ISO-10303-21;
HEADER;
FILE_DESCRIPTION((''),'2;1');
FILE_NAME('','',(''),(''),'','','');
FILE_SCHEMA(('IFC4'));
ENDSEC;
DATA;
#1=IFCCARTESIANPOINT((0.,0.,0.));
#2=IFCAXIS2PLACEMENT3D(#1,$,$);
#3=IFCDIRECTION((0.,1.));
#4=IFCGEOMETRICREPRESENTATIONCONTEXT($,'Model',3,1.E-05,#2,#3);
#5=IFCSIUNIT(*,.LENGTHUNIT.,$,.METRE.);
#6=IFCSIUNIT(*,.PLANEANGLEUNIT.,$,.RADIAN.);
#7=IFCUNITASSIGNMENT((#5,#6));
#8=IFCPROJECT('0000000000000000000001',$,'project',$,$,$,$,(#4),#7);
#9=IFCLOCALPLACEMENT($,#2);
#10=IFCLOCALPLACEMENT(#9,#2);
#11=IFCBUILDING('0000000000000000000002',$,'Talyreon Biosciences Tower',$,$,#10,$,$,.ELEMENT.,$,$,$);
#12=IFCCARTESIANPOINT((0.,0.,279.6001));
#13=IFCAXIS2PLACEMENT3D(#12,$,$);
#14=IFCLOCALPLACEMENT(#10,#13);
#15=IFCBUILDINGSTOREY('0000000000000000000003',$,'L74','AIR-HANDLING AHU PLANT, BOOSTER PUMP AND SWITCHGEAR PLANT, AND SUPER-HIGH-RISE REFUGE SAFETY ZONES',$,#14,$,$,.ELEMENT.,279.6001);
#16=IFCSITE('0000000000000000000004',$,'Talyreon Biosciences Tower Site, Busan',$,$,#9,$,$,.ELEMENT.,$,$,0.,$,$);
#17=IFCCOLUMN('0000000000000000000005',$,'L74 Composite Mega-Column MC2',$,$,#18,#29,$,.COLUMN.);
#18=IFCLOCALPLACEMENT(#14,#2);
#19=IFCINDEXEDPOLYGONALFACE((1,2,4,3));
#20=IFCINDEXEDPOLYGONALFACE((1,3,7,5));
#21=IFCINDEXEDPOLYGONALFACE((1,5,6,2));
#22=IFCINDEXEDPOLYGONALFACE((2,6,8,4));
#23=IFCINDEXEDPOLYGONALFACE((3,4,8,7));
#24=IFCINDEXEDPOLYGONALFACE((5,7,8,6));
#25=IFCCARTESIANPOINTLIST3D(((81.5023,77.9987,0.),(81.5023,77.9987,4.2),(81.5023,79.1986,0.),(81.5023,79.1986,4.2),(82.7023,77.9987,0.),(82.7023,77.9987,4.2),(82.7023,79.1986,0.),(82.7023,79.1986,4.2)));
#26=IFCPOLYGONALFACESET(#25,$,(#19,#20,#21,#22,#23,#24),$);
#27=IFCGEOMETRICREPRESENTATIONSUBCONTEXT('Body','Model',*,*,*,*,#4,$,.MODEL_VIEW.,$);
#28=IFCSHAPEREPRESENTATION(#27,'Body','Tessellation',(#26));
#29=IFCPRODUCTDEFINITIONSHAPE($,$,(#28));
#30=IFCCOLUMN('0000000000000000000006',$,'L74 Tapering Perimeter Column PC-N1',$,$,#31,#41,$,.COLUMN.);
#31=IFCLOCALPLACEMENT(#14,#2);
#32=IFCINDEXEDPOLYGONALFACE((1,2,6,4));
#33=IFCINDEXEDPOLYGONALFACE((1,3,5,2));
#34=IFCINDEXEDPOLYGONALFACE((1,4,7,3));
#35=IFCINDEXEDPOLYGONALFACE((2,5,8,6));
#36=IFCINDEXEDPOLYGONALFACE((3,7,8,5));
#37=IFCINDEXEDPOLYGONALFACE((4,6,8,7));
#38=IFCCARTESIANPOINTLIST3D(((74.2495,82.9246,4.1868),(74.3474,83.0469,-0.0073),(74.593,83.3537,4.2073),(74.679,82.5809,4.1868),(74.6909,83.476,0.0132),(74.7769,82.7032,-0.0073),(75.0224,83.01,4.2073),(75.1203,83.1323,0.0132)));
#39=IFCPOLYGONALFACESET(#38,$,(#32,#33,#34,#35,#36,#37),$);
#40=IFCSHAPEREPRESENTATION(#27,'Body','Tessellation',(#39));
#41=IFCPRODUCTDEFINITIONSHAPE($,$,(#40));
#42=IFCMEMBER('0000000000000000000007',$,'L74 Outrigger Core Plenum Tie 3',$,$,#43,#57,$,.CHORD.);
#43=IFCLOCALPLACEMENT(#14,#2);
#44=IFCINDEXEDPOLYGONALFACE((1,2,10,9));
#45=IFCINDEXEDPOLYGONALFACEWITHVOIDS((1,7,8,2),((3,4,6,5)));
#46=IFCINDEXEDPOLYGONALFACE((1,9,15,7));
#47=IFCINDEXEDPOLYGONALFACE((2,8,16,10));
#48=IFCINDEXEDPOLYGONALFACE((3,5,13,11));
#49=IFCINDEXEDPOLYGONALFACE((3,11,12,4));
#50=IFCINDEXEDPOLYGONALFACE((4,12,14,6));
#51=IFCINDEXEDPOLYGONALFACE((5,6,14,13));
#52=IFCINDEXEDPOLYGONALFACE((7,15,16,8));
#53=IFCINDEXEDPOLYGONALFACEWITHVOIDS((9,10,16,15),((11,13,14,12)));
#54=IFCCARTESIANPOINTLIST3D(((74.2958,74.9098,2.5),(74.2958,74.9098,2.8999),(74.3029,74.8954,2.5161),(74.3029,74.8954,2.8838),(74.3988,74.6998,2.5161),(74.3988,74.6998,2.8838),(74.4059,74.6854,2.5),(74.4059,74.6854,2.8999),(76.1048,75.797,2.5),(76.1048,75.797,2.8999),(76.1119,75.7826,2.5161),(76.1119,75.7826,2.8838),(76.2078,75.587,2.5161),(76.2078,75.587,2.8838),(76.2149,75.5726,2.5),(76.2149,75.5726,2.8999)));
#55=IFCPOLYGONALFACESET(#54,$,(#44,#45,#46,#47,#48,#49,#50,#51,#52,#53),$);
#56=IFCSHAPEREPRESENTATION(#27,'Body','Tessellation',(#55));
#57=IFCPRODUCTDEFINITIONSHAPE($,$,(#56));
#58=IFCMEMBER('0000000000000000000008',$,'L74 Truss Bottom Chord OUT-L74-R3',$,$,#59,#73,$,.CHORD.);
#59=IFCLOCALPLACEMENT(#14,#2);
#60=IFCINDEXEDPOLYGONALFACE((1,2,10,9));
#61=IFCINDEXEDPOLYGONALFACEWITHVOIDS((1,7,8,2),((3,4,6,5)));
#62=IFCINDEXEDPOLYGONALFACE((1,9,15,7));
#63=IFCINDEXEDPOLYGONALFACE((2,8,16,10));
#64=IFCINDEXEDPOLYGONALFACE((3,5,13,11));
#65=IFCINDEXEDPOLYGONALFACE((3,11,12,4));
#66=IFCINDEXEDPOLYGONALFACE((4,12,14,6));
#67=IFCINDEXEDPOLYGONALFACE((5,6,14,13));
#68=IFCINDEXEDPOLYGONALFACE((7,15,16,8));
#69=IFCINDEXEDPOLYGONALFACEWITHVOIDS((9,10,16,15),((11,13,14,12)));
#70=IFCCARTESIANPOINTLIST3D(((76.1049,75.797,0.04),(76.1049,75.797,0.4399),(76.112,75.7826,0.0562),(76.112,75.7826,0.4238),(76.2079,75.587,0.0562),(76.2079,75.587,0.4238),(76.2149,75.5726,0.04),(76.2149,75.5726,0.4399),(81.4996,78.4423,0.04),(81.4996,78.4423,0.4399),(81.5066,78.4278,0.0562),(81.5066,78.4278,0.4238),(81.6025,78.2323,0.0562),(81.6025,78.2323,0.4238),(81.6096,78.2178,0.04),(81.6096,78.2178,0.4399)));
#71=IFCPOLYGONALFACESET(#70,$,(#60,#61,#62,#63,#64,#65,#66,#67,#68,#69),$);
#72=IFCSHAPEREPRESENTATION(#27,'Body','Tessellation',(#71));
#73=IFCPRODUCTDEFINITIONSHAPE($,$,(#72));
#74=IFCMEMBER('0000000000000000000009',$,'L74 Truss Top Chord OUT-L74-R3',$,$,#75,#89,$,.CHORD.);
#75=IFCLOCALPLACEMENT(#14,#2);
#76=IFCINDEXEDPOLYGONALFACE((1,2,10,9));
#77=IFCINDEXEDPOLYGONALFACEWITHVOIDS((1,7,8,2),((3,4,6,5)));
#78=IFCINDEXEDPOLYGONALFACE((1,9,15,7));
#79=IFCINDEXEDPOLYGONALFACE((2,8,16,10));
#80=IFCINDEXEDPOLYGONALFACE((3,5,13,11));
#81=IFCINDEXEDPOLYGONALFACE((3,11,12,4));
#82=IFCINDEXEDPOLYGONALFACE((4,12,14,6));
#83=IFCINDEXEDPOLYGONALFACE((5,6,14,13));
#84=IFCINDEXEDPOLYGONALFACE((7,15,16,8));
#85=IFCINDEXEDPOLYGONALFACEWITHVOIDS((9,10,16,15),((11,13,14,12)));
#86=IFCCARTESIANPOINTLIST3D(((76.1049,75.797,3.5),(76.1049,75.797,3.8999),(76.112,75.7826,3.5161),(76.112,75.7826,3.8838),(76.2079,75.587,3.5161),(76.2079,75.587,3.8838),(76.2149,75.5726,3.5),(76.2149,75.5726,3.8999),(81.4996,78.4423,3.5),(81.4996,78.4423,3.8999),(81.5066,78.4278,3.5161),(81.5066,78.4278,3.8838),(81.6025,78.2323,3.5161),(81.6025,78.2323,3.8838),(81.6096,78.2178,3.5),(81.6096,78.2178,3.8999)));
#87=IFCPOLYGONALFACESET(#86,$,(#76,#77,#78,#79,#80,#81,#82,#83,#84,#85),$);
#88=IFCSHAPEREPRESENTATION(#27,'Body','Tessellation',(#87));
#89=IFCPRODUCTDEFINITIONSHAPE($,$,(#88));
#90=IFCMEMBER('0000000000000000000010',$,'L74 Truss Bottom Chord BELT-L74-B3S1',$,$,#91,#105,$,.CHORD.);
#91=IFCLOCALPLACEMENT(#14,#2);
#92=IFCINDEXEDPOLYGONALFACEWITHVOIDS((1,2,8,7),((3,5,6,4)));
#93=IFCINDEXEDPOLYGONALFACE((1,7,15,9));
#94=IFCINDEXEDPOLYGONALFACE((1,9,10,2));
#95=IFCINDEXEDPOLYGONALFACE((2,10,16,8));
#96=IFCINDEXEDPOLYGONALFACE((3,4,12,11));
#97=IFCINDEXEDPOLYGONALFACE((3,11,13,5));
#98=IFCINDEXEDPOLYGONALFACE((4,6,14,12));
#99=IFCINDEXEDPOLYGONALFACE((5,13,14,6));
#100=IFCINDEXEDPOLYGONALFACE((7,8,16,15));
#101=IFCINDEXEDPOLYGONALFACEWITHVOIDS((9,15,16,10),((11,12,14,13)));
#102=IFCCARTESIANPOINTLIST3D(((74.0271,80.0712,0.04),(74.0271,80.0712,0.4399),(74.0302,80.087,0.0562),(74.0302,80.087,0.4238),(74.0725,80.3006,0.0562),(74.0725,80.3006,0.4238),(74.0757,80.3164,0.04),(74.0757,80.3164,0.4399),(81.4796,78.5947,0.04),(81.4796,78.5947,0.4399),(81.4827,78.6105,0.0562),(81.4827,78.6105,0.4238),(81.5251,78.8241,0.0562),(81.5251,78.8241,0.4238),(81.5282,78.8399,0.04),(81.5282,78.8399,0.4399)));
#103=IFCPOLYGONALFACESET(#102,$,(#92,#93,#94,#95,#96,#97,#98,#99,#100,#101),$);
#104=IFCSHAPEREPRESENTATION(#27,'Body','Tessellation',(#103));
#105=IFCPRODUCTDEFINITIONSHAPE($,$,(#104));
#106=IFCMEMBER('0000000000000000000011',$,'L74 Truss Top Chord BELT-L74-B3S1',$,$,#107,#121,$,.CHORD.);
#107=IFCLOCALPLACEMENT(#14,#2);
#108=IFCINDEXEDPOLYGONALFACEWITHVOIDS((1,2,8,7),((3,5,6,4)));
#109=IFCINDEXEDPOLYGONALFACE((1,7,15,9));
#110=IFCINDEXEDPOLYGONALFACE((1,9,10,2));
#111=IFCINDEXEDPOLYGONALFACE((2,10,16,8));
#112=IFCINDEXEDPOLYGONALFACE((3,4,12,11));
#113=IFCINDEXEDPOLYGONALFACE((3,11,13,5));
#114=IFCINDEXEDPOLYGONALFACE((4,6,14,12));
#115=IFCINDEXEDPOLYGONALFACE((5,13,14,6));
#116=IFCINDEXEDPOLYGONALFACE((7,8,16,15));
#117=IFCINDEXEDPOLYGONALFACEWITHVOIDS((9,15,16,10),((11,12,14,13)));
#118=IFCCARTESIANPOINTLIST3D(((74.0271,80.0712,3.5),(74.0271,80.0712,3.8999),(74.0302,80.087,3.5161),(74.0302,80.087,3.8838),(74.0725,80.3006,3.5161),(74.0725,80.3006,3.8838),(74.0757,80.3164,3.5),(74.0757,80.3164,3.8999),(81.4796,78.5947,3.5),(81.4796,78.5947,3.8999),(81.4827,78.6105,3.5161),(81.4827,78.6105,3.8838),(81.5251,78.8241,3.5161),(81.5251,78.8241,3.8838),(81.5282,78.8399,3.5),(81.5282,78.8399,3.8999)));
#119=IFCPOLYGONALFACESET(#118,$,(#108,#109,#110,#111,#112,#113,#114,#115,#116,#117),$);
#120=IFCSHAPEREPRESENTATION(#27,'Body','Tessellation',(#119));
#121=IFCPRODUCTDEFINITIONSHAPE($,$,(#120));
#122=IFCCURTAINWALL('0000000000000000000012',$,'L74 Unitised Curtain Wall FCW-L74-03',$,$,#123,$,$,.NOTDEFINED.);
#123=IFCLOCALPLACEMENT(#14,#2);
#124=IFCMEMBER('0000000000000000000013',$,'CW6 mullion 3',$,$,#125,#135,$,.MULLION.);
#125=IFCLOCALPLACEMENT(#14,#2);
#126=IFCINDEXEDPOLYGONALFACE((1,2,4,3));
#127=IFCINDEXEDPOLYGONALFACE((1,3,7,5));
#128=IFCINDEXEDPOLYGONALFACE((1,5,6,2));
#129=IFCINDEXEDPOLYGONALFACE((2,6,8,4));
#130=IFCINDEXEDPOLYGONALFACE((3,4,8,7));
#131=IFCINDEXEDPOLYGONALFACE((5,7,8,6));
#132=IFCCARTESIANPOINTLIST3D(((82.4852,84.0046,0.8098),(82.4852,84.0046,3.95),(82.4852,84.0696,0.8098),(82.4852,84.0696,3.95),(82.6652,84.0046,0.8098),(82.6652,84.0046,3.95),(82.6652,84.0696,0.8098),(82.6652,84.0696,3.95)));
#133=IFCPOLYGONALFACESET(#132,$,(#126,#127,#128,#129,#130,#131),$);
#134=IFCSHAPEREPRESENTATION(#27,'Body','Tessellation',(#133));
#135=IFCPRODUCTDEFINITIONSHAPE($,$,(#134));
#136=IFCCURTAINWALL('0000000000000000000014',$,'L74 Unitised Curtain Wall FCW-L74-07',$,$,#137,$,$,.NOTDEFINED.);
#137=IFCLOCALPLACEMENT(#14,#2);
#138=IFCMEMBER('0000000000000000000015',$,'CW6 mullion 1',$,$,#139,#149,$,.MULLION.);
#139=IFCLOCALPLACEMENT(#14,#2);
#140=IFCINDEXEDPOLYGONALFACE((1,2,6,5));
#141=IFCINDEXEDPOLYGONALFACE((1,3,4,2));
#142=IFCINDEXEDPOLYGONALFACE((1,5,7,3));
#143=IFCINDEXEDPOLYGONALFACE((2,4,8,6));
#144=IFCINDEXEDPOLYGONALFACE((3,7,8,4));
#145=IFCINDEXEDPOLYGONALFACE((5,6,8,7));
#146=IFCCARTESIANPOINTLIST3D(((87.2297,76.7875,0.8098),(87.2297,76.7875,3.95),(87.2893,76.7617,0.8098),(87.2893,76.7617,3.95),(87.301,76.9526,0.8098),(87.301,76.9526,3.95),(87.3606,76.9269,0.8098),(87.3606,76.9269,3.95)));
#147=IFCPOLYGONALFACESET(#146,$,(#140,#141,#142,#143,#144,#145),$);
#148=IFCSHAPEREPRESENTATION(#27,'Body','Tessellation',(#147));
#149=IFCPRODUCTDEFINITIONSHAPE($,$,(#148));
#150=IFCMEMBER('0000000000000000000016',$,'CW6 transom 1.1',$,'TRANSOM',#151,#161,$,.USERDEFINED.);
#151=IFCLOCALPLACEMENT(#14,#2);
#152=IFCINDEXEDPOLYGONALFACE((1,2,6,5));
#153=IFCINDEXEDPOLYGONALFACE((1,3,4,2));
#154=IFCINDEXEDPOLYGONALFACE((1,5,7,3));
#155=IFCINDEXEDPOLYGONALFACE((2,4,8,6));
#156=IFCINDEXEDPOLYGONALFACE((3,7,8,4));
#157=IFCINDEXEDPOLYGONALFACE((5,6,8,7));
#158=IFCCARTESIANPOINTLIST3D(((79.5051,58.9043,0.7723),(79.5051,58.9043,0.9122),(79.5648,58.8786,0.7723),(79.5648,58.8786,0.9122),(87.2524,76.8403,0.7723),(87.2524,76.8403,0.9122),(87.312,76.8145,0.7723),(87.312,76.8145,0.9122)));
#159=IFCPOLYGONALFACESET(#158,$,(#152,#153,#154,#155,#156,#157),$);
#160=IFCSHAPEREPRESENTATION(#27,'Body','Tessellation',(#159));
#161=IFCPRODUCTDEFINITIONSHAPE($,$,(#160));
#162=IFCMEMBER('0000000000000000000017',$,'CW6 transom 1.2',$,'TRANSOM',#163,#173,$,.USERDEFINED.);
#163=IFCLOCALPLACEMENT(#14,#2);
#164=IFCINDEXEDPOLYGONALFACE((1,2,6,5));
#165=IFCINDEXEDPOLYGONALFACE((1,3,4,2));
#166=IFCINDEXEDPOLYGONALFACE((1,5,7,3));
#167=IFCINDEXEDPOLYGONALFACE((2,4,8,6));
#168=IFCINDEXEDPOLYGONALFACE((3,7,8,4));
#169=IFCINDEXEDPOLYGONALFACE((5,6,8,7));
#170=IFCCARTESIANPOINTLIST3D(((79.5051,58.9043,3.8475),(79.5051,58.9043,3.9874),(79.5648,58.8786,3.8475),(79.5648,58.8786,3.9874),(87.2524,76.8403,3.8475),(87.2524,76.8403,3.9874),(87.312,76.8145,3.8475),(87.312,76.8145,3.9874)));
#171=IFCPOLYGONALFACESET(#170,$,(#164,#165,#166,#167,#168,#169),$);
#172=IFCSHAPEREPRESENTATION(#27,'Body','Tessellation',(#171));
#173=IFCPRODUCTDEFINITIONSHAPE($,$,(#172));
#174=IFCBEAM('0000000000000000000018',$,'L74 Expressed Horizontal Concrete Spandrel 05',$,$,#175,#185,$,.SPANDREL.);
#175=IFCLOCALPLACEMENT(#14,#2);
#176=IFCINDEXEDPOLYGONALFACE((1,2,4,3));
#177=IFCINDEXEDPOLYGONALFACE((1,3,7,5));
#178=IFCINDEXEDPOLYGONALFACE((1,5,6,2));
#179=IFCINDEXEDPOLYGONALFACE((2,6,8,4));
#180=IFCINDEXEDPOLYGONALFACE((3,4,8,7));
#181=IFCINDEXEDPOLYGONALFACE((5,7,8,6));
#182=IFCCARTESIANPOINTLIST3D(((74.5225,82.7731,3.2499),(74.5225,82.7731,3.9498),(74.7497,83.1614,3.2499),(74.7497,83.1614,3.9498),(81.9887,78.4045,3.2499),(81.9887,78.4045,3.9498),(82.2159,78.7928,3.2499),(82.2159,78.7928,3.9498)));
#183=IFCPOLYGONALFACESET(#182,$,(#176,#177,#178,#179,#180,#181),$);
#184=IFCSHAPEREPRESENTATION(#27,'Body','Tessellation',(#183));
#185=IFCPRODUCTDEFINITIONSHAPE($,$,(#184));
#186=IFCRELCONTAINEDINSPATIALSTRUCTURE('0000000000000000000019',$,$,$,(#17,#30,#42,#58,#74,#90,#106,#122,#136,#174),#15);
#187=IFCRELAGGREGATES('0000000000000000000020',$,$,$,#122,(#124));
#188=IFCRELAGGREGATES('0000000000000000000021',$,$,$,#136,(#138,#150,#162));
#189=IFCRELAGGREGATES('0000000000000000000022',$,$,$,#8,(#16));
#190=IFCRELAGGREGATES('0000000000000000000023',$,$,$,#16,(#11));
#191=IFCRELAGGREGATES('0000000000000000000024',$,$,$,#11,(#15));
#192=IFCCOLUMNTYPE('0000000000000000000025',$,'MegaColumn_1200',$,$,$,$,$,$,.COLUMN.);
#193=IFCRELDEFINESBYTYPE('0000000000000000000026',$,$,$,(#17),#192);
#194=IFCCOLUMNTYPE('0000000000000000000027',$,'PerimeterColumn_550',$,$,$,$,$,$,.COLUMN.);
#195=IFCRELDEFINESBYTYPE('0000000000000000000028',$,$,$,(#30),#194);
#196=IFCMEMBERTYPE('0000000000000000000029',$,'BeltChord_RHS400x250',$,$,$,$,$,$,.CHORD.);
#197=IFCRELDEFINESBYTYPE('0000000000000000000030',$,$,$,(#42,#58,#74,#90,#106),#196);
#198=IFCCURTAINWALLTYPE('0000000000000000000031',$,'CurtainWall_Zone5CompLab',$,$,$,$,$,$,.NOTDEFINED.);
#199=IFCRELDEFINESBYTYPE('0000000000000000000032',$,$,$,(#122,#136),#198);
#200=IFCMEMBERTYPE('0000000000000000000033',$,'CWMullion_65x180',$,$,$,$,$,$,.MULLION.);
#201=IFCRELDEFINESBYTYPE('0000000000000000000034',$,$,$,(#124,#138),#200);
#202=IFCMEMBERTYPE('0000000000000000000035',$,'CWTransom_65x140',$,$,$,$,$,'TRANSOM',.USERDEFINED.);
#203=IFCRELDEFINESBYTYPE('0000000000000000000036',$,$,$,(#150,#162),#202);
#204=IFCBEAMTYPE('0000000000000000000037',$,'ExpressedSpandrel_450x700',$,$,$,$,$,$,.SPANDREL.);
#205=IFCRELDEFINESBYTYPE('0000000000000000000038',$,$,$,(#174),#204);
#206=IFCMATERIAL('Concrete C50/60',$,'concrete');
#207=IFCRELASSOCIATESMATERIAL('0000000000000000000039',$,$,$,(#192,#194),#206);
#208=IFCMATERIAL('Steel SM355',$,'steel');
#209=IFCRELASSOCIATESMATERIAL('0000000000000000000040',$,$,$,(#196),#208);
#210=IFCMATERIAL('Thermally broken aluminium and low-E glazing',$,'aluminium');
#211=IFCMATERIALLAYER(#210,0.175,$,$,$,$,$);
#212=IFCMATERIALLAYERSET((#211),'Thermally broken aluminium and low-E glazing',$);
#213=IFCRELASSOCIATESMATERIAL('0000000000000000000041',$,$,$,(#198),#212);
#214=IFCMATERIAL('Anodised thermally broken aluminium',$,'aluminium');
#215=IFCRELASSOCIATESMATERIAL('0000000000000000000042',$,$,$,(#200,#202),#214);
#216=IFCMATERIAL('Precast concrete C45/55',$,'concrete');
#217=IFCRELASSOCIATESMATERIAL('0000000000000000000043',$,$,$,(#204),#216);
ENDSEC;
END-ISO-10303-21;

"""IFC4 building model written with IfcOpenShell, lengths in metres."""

from ifc_helpers import new_model, si_unit, direction, frame, origin, origin_2d, place, context, subcontext, project, spatial, rectangle, hollow_rectangle, extrude, material, layer, layer_set, material_profile, profile_set, type_object, element, aggregate, save


model = new_model("IFC4")

# Units and contexts
model_context = context("Model", 3, precision=1e-05, world=origin(), true_north=direction((0.0, 1.0)))
body_context = subcontext(model_context, "Body", "Model", "MODEL_VIEW")
ifc_project = project(units=[si_unit("LENGTHUNIT", "METRE"), si_unit("PLANEANGLEUNIT", "RADIAN")], contexts=[model_context])

# Site, building, storey
site_placement = place(None, origin())
site = spatial("IfcSite", under=ifc_project, at=site_placement, Name="Talyreon Biosciences Tower Site, Busan", CompositionType="ELEMENT", RefElevation=0.0)
building_placement = place(site_placement, origin())
building = spatial("IfcBuilding", under=site, at=building_placement, Name="Talyreon Biosciences Tower", CompositionType="ELEMENT")
storey_placement = place(building_placement, frame((0.0, 0.0, 279.6001)))
storey = spatial("IfcBuildingStorey", under=building, at=storey_placement, Name="L74", Description="AIR-HANDLING AHU PLANT, BOOSTER PUMP AND SWITCHGEAR PLANT, AND SUPER-HIGH-RISE REFUGE SAFETY ZONES", CompositionType="ELEMENT", Elevation=279.6001)

# Columns
ifc_material_1 = material(Name="Concrete C50/60", Category="concrete")
ifc_material_profile_1 = material_profile(ifc_material_1, rectangle(XDim=1.2, YDim=1.2, at=origin_2d()), Name="RC 1200x1200")
ifc_profile_set_1 = profile_set([ifc_material_profile_1], Name="Concrete C50/60")
column_type_1 = type_object("IfcColumnType", Name="MegaColumn_1200", PredefinedType="COLUMN", material=ifc_profile_set_1)
column_1_placement = place(storey_placement, frame((82.1023, 78.5986, 0.0), z_axis=(0.0, 0.0, 1.0), x_axis=(1.0, 0.0, 0.0)))
element("IfcColumn", 1, at=column_1_placement, inside=storey, type_object=column_type_1, Name="L74 Composite Mega-Column MC2", PredefinedType="COLUMN", context=body_context, shape_type="SweptSolid", body=[
    extrude(rectangle(XDim=1.2, YDim=1.2, at=origin_2d()), origin(), (0.0, 0.0, 1.0), 4.2),
])
ifc_material_profile_2 = material_profile(ifc_material_1, rectangle(XDim=0.55, YDim=0.55, at=origin_2d()), Name="RC 550x550")
ifc_profile_set_2 = profile_set([ifc_material_profile_2], Name="Concrete C50/60")
column_type_2 = type_object("IfcColumnType", Name="PerimeterColumn_550", PredefinedType="COLUMN", material=ifc_profile_set_2)
column_2_placement = place(storey_placement, frame((74.7339, 83.0896, 0.0029), z_axis=(-0.023326, -0.029143, 0.999303), x_axis=(-0.780717, 0.624885, 0.0)))
element("IfcColumn", 2, at=column_2_placement, inside=storey, type_object=column_type_2, Name="L74 Tapering Perimeter Column PC-N1", PredefinedType="COLUMN", context=body_context, shape_type="SweptSolid", body=[
    extrude(rectangle(XDim=0.55, YDim=0.55, at=origin_2d()), origin(), (0.0, 0.0, 1.0), 4.197),
])

# Members
ifc_material_2 = material(Name="Steel SM355", Category="steel")
ifc_material_profile_3 = material_profile(ifc_material_2, hollow_rectangle(XDim=0.25, YDim=0.3999, WallThickness=0.0161, at=origin_2d()), Name="RHS 400x250x16")
ifc_profile_set_3 = profile_set([ifc_material_profile_3], Name="Steel SM355")
member_type_1 = type_object("IfcMemberType", Name="BeltChord_RHS400x250", PredefinedType="CHORD", material=ifc_profile_set_3)
member_1_placement = place(storey_placement, frame((74.3508, 74.7976, 2.7), z_axis=(0.897842, 0.440318, 0.0), x_axis=(-0.440318, 0.897842, 0.0)))
element("IfcMember", 3, at=member_1_placement, inside=storey, type_object=member_type_1, Name="L74 Outrigger Core Plenum Tie 3", PredefinedType="CHORD", context=body_context, shape_type="SweptSolid", body=[
    extrude(hollow_rectangle(XDim=0.25, YDim=0.3999, WallThickness=0.0161, at=origin_2d()), origin(), (0.0, 0.0, 1.0), 2.0149),
])
for number, where, z_axis, x_axis, name in (
    (4, (76.1599, 75.6848, 0.24), (0.89787, 0.44026, 0.0), (-0.44026, 0.89787, 0.0), "L74 Truss Bottom Chord OUT-L74-R3"),
    (5, (76.1599, 75.6848, 3.7), (0.89787, 0.44026, 0.0), (-0.44026, 0.89787, 0.0), "L74 Truss Top Chord OUT-L74-R3"),
):
    element("IfcMember", number, at=place(storey_placement, frame(where, z_axis=z_axis, x_axis=x_axis)), inside=storey, type_object=member_type_1, Name=name, PredefinedType="CHORD", context=body_context, shape_type="SweptSolid", body=[
        extrude(hollow_rectangle(XDim=0.25, YDim=0.3999, WallThickness=0.0161, at=origin_2d()), origin(), (0.0, 0.0, 1.0), 6.0083),
    ])
for number, where, z_axis, x_axis, name in (
    (6, (81.5039, 78.7173, 0.24), (-0.980933, 0.194348, 0.0), (-0.194348, -0.980933, 0.0), "L74 Truss Bottom Chord BELT-L74-B3S1"),
    (7, (81.5039, 78.7173, 3.7), (-0.980933, 0.194348, 0.0), (-0.194348, -0.980933, 0.0), "L74 Truss Top Chord BELT-L74-B3S1"),
):
    element("IfcMember", number, at=place(storey_placement, frame(where, z_axis=z_axis, x_axis=x_axis)), inside=storey, type_object=member_type_1, Name=name, PredefinedType="CHORD", context=body_context, shape_type="SweptSolid", body=[
        extrude(hollow_rectangle(XDim=0.25, YDim=0.3999, WallThickness=0.0161, at=origin_2d()), origin(), (0.0, 0.0, 1.0), 7.5974),
    ])

# Curtain wall, member
ifc_material_3 = material(Name="Thermally broken aluminium and low-E glazing", Category="aluminium")
ifc_layer_1 = layer(ifc_material_3, 0.175)
ifc_layer_set_1 = layer_set([ifc_layer_1], Name="Thermally broken aluminium and low-E glazing")
curtain_wall_type = type_object("IfcCurtainWallType", Name="CurtainWall_Zone5CompLab", PredefinedType="NOTDEFINED", material=ifc_layer_set_1)
curtain_wall_1_placement = place(storey_placement, origin())
curtain_wall_1 = element("IfcCurtainWall", 8, at=curtain_wall_1_placement, inside=storey, type_object=curtain_wall_type, Name="L74 Unitised Curtain Wall FCW-L74-03", PredefinedType="NOTDEFINED")
ifc_material_4 = material(Name="Anodised thermally broken aluminium", Category="aluminium")
ifc_material_profile_4 = material_profile(ifc_material_4, rectangle(XDim=0.0649, YDim=0.1799, at=origin_2d()), Name="ALUM MULLION 65x180")
ifc_profile_set_4 = profile_set([ifc_material_profile_4], Name="Anodised thermally broken aluminium")
member_type_2 = type_object("IfcMemberType", Name="CWMullion_65x180", PredefinedType="MULLION", material=ifc_profile_set_4)
member_2_placement = place(storey_placement, frame((82.5752, 84.0371, 0.8098), z_axis=(0.0, 0.0, 1.0), x_axis=(0.0, 1.0, 0.0)))
member_2 = element("IfcMember", 9, at=member_2_placement, type_object=member_type_2, Name="CW6 mullion 3", PredefinedType="MULLION", context=body_context, shape_type="SweptSolid", body=[
    extrude(rectangle(XDim=0.0649, YDim=0.1799, at=origin_2d()), origin(), (0.0, 0.0, 1.0), 3.1401),
])
aggregate(curtain_wall_1, [member_2])

# Curtain wall, members
curtain_wall_2_placement = place(storey_placement, origin())
curtain_wall_2 = element("IfcCurtainWall", 10, at=curtain_wall_2_placement, inside=storey, type_object=curtain_wall_type, Name="L74 Unitised Curtain Wall FCW-L74-07", PredefinedType="NOTDEFINED")
member_3_placement = place(storey_placement, frame((87.2952, 76.8572, 0.8098), z_axis=(0.0, 0.0, 1.0), x_axis=(0.918022, -0.39653, 0.0)))
member_3 = element("IfcMember", 11, at=member_3_placement, type_object=member_type_2, Name="CW6 mullion 1", PredefinedType="MULLION", context=body_context, shape_type="SweptSolid", body=[
    extrude(rectangle(XDim=0.0649, YDim=0.1799, at=origin_2d()), origin(), (0.0, 0.0, 1.0), 3.1401),
])
ifc_material_profile_5 = material_profile(ifc_material_4, rectangle(XDim=0.0649, YDim=0.1399, at=origin_2d()), Name="ALUM TRANSOM 65x140")
ifc_profile_set_5 = profile_set([ifc_material_profile_5], Name="Anodised thermally broken aluminium")
member_type_3 = type_object("IfcMemberType", Name="CWTransom_65x140", ElementType="TRANSOM", PredefinedType="USERDEFINED", material=ifc_profile_set_5)
member_4_placement = place(storey_placement, frame((87.2822, 76.8274, 0.8423), z_axis=(-0.396531, -0.918021, 0.0), x_axis=(0.918021, -0.396531, 0.0)))
member_4 = element("IfcMember", 12, at=member_4_placement, type_object=member_type_3, Name="CW6 transom 1.1", ObjectType="TRANSOM", PredefinedType="USERDEFINED", context=body_context, shape_type="SweptSolid", body=[
    extrude(rectangle(XDim=0.0649, YDim=0.1399, at=origin_2d()), origin(), (0.0, 0.0, 1.0), 19.5376),
])
member_5_placement = place(storey_placement, frame((87.2822, 76.8274, 3.9175), z_axis=(-0.396531, -0.918021, 0.0), x_axis=(0.918021, -0.396531, 0.0)))
member_5 = element("IfcMember", 13, at=member_5_placement, type_object=member_type_3, Name="CW6 transom 1.2", ObjectType="TRANSOM", PredefinedType="USERDEFINED", context=body_context, shape_type="SweptSolid", body=[
    extrude(rectangle(XDim=0.0649, YDim=0.1399, at=origin_2d()), origin(), (0.0, 0.0, 1.0), 19.5376),
])
aggregate(curtain_wall_2, [member_3, member_4, member_5])

# Beam
ifc_material_5 = material(Name="Precast concrete C45/55", Category="concrete")
ifc_material_profile_6 = material_profile(ifc_material_5, rectangle(XDim=0.45, YDim=0.7, at=origin_2d()), Name="RCB 450x700")
ifc_profile_set_6 = profile_set([ifc_material_profile_6], Name="Precast concrete C45/55")
beam_type_1 = type_object("IfcBeamType", Name="ExpressedSpandrel_450x700", PredefinedType="SPANDREL", material=ifc_profile_set_6)
beam_1_placement = place(storey_placement, frame((82.1023, 78.5986, 3.5999), z_axis=(-0.863109, 0.505018, 0.0), x_axis=(-0.505018, -0.863109, 0.0)))
element("IfcBeam", 14, at=beam_1_placement, inside=storey, type_object=beam_type_1, Name="L74 Expressed Horizontal Concrete Spandrel 05", PredefinedType="SPANDREL", context=body_context, shape_type="SweptSolid", body=[
    extrude(rectangle(XDim=0.45, YDim=0.7, at=origin_2d()), origin(), (0.0, 0.0, 1.0), 8.6504),
])

save(model, "model.ifc")
